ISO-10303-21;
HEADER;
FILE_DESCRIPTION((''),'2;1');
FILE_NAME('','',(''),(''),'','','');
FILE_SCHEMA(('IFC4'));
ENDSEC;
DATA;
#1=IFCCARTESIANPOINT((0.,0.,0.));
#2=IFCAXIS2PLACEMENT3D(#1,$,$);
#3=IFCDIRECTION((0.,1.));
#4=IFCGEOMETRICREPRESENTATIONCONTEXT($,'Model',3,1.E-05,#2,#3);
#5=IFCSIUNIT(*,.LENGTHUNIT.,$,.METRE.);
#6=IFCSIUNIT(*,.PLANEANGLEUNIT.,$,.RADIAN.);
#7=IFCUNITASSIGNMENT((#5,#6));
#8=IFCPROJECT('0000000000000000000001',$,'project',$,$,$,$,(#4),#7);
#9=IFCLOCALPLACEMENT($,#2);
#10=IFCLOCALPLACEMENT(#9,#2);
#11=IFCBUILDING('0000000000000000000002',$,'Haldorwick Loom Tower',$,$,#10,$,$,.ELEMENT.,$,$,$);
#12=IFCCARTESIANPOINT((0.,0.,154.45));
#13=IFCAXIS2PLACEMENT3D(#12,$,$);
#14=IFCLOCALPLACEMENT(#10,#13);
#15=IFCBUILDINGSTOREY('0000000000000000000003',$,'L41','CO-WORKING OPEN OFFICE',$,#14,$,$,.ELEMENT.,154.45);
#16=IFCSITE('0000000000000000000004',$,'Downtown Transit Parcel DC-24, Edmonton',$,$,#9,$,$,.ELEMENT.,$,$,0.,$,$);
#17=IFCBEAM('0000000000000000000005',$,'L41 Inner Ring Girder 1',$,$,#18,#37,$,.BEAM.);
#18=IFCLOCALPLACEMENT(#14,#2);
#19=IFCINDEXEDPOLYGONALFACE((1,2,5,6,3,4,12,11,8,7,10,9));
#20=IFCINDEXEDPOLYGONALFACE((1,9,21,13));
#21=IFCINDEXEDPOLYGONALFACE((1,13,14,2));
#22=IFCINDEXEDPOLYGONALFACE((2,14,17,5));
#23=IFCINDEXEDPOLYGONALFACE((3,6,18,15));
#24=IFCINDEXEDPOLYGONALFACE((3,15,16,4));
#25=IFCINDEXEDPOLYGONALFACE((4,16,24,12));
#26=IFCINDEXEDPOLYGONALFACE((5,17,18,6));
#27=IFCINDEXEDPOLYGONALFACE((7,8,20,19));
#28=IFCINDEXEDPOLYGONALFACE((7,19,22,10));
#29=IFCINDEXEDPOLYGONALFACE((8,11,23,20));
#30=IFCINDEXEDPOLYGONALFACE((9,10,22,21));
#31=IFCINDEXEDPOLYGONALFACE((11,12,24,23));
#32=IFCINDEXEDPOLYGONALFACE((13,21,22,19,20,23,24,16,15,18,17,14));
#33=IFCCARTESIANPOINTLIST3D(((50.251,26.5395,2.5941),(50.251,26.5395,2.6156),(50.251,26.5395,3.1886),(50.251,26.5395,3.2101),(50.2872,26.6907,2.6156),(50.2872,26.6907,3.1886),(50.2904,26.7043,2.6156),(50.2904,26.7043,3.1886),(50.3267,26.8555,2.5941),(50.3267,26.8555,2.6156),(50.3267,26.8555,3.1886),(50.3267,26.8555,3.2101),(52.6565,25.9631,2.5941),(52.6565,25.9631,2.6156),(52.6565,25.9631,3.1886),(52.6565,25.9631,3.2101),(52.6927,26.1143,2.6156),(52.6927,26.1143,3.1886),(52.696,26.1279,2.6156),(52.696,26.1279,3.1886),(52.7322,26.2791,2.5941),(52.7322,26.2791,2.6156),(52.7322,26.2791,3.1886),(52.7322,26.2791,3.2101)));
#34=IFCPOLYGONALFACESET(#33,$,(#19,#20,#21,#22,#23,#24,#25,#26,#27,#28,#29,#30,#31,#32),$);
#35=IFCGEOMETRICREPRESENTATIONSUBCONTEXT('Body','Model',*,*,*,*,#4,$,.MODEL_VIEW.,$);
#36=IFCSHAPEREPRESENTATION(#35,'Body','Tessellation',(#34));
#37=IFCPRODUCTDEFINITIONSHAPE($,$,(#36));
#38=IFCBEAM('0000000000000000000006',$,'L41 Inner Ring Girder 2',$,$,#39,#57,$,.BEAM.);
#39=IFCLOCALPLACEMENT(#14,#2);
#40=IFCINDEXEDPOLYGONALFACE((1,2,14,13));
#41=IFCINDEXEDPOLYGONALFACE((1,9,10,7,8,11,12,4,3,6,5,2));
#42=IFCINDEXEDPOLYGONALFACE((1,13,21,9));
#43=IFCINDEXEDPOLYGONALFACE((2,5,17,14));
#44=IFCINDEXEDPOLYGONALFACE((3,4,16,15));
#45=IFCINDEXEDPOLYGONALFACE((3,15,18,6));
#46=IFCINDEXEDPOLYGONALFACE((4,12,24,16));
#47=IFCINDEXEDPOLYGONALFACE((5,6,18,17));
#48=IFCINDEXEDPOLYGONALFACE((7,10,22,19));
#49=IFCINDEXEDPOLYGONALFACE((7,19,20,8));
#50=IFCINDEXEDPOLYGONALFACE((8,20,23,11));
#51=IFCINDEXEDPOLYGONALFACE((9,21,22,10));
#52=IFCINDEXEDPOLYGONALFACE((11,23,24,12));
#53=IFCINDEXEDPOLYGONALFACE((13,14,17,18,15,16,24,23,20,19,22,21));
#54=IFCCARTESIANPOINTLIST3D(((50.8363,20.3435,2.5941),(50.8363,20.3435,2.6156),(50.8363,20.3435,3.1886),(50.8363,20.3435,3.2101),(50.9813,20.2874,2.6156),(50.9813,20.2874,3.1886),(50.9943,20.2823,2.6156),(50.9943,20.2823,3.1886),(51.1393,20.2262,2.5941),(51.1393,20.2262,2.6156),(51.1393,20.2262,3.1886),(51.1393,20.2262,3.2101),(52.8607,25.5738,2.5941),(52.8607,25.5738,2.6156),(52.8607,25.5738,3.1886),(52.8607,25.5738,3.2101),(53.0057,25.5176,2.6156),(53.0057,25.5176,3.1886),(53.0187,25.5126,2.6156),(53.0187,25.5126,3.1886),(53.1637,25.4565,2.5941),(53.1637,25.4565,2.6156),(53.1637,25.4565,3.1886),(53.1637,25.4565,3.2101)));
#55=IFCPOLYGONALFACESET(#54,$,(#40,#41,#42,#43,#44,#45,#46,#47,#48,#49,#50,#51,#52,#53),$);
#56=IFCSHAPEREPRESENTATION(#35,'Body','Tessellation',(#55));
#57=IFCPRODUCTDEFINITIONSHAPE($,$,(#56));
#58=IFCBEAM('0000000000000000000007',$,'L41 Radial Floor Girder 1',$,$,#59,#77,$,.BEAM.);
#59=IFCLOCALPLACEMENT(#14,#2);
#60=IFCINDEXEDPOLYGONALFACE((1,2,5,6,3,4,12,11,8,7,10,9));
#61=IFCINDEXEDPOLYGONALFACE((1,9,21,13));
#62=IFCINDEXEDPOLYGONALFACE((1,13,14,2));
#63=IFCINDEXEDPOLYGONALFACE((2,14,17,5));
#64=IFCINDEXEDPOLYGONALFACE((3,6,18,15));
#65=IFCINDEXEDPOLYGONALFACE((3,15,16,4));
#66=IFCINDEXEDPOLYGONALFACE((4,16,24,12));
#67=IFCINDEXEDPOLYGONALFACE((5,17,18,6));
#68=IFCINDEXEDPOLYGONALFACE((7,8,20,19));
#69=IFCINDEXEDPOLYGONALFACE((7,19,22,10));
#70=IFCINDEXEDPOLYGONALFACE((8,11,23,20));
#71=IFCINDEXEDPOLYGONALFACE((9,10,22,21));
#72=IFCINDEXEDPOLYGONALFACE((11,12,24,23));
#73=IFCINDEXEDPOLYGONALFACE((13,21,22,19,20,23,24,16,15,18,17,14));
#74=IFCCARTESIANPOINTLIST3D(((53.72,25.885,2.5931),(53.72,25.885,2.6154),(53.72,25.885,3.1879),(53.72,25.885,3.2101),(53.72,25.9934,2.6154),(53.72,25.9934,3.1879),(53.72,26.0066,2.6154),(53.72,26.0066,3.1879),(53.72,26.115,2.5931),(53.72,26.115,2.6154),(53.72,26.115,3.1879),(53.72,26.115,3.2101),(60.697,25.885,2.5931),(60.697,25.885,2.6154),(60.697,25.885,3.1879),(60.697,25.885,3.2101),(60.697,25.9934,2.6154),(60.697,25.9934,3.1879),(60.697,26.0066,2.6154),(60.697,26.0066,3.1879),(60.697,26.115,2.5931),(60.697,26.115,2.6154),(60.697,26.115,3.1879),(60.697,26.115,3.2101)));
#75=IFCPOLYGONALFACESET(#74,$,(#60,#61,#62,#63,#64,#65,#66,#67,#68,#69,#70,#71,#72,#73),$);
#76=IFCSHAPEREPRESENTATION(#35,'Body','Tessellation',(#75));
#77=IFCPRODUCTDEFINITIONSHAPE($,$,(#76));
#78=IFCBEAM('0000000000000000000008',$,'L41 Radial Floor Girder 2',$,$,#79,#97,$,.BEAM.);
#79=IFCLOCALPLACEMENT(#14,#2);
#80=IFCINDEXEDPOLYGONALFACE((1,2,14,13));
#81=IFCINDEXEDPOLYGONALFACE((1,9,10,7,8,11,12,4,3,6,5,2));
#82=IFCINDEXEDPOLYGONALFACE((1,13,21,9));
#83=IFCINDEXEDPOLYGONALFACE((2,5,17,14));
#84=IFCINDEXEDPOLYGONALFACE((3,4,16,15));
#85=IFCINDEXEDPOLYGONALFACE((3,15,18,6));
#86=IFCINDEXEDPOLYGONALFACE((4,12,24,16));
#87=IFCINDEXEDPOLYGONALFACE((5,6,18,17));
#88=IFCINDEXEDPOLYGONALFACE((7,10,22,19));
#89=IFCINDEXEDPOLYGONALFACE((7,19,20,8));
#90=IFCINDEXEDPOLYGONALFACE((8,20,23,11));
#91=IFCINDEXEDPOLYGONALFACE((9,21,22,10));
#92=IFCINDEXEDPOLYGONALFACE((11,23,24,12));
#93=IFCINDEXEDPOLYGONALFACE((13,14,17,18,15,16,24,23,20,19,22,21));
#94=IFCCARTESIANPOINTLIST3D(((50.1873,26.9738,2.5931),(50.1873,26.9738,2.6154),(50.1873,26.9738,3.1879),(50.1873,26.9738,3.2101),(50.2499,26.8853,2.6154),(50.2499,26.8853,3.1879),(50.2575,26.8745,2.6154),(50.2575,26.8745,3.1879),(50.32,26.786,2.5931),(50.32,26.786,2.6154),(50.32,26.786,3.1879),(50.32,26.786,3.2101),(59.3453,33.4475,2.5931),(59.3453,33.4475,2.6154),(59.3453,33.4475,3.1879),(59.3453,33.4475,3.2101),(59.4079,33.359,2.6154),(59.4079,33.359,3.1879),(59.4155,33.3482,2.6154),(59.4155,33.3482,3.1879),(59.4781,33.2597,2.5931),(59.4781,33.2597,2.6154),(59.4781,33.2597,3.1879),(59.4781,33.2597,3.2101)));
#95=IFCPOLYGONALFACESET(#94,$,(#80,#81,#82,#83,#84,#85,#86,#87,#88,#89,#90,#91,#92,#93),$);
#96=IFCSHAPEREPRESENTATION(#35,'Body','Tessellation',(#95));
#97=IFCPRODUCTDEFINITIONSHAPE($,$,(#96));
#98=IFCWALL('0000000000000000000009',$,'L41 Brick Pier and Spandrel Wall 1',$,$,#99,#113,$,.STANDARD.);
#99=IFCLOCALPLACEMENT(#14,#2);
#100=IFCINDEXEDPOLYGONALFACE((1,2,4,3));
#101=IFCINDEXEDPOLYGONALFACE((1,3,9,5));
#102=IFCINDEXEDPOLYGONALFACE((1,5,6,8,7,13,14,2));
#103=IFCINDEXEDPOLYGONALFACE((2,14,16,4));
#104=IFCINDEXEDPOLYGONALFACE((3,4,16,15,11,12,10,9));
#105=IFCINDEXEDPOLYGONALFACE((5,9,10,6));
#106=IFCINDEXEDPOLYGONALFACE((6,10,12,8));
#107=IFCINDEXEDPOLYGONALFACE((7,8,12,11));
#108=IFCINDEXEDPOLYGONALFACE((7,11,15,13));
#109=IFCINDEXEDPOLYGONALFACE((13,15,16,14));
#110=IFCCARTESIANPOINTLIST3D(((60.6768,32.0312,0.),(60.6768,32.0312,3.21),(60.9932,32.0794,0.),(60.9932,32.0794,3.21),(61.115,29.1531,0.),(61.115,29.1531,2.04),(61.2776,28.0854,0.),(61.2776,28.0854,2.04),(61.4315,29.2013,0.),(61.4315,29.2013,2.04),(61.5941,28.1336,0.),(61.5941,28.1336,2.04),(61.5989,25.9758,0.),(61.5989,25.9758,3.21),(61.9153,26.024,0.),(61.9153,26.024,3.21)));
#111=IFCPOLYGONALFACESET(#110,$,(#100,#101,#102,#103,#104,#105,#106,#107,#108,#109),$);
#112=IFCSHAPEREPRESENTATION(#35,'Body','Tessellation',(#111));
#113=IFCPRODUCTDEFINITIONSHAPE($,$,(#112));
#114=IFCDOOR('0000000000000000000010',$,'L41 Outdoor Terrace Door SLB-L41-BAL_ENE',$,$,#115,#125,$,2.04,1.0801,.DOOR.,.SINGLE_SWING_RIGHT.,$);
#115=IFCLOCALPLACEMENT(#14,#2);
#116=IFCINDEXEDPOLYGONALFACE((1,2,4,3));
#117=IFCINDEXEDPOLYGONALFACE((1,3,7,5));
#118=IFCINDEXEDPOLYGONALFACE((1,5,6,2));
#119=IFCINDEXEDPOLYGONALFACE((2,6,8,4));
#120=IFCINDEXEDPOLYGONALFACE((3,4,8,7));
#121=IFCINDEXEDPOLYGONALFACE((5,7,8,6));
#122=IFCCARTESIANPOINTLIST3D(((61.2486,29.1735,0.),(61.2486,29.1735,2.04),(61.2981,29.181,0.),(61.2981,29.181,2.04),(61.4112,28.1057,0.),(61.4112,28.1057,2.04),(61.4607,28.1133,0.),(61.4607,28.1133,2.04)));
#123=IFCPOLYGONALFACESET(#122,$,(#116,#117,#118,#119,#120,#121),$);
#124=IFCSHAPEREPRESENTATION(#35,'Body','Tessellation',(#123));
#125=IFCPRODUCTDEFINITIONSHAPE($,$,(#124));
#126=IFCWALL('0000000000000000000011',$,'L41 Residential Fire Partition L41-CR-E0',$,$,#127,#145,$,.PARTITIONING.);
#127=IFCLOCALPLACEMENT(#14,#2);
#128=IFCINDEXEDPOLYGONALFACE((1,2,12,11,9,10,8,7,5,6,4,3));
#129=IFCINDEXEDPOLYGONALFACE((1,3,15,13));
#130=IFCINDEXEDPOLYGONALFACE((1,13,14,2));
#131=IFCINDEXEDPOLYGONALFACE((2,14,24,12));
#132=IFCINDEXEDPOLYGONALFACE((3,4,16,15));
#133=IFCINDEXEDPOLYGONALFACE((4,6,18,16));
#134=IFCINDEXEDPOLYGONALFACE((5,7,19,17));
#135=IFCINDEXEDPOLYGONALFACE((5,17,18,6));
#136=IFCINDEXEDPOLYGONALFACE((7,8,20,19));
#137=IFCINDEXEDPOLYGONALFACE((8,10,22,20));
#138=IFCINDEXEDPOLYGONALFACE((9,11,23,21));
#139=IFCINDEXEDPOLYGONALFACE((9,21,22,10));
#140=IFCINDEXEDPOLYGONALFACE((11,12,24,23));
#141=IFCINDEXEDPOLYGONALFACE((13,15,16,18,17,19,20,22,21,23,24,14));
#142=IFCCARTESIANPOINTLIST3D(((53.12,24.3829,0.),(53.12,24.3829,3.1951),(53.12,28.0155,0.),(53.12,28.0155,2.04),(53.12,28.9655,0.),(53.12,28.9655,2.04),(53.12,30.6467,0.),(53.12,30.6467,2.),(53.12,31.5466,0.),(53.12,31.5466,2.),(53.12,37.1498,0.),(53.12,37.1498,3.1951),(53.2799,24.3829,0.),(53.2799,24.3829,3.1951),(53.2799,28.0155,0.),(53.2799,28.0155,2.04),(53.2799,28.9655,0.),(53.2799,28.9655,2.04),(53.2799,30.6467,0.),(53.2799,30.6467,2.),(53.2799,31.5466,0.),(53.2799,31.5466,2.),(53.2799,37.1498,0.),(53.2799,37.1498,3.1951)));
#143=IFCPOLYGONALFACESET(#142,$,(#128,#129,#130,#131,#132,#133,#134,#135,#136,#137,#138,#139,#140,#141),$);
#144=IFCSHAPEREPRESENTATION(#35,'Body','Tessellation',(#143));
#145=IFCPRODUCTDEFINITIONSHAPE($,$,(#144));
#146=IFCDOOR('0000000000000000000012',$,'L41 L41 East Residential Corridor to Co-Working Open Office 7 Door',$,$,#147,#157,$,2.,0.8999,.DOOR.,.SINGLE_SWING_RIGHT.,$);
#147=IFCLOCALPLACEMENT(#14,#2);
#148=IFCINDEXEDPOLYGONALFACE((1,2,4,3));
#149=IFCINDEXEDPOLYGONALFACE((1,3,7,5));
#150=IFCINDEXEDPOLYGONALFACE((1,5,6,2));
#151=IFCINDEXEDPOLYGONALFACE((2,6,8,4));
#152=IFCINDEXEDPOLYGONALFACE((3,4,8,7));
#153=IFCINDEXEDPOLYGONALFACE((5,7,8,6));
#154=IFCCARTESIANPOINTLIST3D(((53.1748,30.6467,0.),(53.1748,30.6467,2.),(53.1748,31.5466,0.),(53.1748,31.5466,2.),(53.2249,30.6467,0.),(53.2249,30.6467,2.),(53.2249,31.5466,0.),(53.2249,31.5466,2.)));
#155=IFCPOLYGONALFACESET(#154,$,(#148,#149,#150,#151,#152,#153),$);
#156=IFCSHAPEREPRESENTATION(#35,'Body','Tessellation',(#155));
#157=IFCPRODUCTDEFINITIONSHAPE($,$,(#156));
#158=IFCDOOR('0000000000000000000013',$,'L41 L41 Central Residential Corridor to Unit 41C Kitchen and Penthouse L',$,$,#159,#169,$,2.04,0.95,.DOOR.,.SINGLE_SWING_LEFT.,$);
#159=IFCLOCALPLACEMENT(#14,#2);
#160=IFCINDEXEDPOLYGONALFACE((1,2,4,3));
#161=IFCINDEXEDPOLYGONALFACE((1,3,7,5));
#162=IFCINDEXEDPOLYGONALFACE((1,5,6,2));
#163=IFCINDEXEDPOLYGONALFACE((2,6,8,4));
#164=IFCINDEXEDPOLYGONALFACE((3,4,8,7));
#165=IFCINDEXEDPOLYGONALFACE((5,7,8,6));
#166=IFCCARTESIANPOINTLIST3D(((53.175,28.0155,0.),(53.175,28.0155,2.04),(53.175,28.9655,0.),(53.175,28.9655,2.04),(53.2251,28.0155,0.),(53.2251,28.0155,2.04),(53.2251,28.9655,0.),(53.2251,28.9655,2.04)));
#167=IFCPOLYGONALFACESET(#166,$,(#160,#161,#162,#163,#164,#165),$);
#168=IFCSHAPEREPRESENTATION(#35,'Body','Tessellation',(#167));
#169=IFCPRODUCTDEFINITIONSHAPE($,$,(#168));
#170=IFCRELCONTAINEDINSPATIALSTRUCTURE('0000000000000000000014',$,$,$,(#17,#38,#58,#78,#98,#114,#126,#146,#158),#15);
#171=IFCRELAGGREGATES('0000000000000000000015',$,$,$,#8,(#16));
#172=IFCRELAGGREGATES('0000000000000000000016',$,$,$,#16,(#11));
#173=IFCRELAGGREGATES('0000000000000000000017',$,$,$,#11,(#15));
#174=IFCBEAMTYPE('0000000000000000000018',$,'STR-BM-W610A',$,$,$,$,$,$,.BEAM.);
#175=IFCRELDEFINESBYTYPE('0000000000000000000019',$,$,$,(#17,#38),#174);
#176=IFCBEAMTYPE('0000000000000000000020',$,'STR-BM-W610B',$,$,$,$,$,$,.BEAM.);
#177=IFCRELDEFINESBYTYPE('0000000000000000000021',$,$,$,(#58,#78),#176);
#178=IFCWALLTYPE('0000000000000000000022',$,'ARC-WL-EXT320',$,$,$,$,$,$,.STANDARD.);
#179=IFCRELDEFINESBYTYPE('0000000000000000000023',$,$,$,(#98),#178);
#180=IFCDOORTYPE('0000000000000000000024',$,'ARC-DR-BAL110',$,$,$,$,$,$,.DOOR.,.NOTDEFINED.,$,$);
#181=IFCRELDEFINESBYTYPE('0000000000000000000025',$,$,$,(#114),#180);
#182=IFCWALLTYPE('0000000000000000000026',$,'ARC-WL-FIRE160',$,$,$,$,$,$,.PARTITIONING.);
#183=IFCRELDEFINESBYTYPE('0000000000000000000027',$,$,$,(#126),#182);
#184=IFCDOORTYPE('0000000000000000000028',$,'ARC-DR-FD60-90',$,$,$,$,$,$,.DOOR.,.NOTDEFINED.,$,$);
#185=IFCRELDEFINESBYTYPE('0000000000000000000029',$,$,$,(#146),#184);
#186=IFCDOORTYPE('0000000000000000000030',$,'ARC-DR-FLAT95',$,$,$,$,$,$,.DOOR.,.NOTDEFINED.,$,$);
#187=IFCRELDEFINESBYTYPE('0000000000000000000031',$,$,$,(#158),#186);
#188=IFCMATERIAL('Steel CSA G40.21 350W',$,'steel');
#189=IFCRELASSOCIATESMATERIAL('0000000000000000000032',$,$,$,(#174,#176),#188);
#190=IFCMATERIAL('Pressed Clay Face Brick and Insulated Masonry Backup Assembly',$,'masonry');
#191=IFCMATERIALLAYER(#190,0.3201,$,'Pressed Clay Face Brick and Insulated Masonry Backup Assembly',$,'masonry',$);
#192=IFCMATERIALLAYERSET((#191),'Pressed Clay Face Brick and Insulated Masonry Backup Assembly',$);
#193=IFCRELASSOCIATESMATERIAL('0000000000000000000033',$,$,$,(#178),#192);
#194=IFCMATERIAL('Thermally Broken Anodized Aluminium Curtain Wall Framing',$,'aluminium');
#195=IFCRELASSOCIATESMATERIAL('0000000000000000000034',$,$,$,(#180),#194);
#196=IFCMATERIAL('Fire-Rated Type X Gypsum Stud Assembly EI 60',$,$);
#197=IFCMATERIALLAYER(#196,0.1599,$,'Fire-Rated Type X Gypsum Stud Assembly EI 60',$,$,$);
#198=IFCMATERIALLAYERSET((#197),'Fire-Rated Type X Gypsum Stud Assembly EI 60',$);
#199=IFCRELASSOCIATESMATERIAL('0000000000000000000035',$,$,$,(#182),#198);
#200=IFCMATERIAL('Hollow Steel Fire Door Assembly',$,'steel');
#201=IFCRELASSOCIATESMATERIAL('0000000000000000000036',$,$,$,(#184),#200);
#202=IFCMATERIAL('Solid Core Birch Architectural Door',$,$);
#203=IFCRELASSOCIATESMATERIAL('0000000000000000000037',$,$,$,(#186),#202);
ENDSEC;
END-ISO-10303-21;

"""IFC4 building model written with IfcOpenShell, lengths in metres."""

from ifc_helpers import new_model, si_unit, direction, frame, frame_2d, origin, origin_2d, place, context, subcontext, project, spatial, rectangle, i_section, extrude, material, layer, layer_set, material_profile, profile_set, type_object, element, fill, save


model = new_model("IFC4")

# Units and contexts
model_context = context("Model", 3, precision=1e-05, world=origin(), true_north=direction((0.0, 1.0)))
body_context = subcontext(model_context, "Body", "Model", "MODEL_VIEW")
ifc_project = project(units=[si_unit("LENGTHUNIT", "METRE"), si_unit("PLANEANGLEUNIT", "RADIAN")], contexts=[model_context])

# Site, building, storey
site_placement = place(None, origin())
site = spatial("IfcSite", under=ifc_project, at=site_placement, Name="Downtown Transit Parcel DC-24, Edmonton", CompositionType="ELEMENT", RefElevation=0.0)
building_placement = place(site_placement, origin())
building = spatial("IfcBuilding", under=site, at=building_placement, Name="Haldorwick Loom Tower", CompositionType="ELEMENT")
storey_placement = place(building_placement, frame((0.0, 0.0, 154.45)))
storey = spatial("IfcBuildingStorey", under=building, at=storey_placement, Name="L41", Description="CO-WORKING OPEN OFFICE", CompositionType="ELEMENT", Elevation=154.45)

# Beams
ifc_material_1 = material(Name="Steel CSA G40.21 350W", Category="steel")
ifc_material_profile_1 = material_profile(ifc_material_1, i_section(OverallWidth=0.325, OverallDepth=0.616, WebThickness=0.0139, FlangeThickness=0.0215, at=origin_2d()), Name="W610X174", Category="steel")
ifc_profile_set_1 = profile_set([ifc_material_profile_1], Name="Steel CSA G40.21 350W")
beam_type_1 = type_object("IfcBeamType", Name="STR-BM-W610A", PredefinedType="BEAM", material=ifc_profile_set_1)
beam_1_placement = place(storey_placement, frame((50.2888, 26.6975, 2.9021), z_axis=(0.972471, -0.233026, 0.0), x_axis=(0.233026, 0.972471, 0.0)))
element("IfcBeam", 1, at=beam_1_placement, inside=storey, type_object=beam_type_1, Name="L41 Inner Ring Girder 1", PredefinedType="BEAM", context=body_context, shape_type="SweptSolid", body=[
    extrude(i_section(OverallWidth=0.325, OverallDepth=0.616, WebThickness=0.0139, FlangeThickness=0.0215, at=origin_2d()), origin(), (0.0, 0.0, 1.0), 2.4736),
])
beam_2_placement = place(storey_placement, frame((53.0122, 25.5151, 2.9021), z_axis=(-0.360965, -0.932579, 0.0), x_axis=(0.932579, -0.360965, 0.0)))
element("IfcBeam", 2, at=beam_2_placement, inside=storey, type_object=beam_type_1, Name="L41 Inner Ring Girder 2", PredefinedType="BEAM", context=body_context, shape_type="SweptSolid", body=[
    extrude(i_section(OverallWidth=0.325, OverallDepth=0.616, WebThickness=0.0139, FlangeThickness=0.0215, at=origin_2d()), origin(), (0.0, 0.0, 1.0), 5.6084),
])
ifc_material_profile_2 = material_profile(ifc_material_1, i_section(OverallWidth=0.23, OverallDepth=0.6169, WebThickness=0.0132, FlangeThickness=0.0222, at=origin_2d()), Name="W610X140", Category="steel")
ifc_profile_set_2 = profile_set([ifc_material_profile_2], Name="Steel CSA G40.21 350W")
beam_type_2 = type_object("IfcBeamType", Name="STR-BM-W610B", PredefinedType="BEAM", material=ifc_profile_set_2)
beam_3_placement = place(storey_placement, frame((53.72, 26.0, 2.9016), z_axis=(1.0, 0.0, 0.0), x_axis=(0.0, 1.0, 0.0)))
element("IfcBeam", 3, at=beam_3_placement, inside=storey, type_object=beam_type_2, Name="L41 Radial Floor Girder 1", PredefinedType="BEAM", context=body_context, shape_type="SweptSolid", body=[
    extrude(i_section(OverallWidth=0.23, OverallDepth=0.6169, WebThickness=0.0132, FlangeThickness=0.0222, at=origin_2d()), origin(), (0.0, 0.0, 1.0), 6.9771),
])
beam_4_placement = place(storey_placement, frame((50.2537, 26.8799, 2.9016), z_axis=(0.816582, 0.57723, 0.0), x_axis=(-0.57723, 0.816582, 0.0)))
element("IfcBeam", 4, at=beam_4_placement, inside=storey, type_object=beam_type_2, Name="L41 Radial Floor Girder 2", PredefinedType="BEAM", context=body_context, shape_type="SweptSolid", body=[
    extrude(i_section(OverallWidth=0.23, OverallDepth=0.6169, WebThickness=0.0132, FlangeThickness=0.0222, at=origin_2d()), origin(), (0.0, 0.0, 1.0), 11.2151),
])

# Wall, opening, door
ifc_material_2 = material(Name="Pressed Clay Face Brick and Insulated Masonry Backup Assembly", Category="masonry")
ifc_layer_1 = layer(ifc_material_2, 0.3201, Name="Pressed Clay Face Brick and Insulated Masonry Backup Assembly", Category="masonry")
ifc_layer_set_1 = layer_set([ifc_layer_1], Name="Pressed Clay Face Brick and Insulated Masonry Backup Assembly")
wall_type_1 = type_object("IfcWallType", Name="ARC-WL-EXT320", PredefinedType="STANDARD", material=ifc_layer_set_1)
wall_1_placement = place(storey_placement, frame((61.7571, 26.0, 0.0), z_axis=(0.0, 0.0, 1.0), x_axis=(-0.150544, 0.988603, 0.0)))
wall_1 = element("IfcWall", 5, at=wall_1_placement, inside=storey, type_object=wall_type_1, Name="L41 Brick Pier and Spandrel Wall 1", PredefinedType="STANDARD", context=body_context, shape_type="SweptSolid", body=[
    extrude(rectangle(XDim=6.1252, YDim=0.3201, at=frame_2d((3.0625, 0.0))), origin(), (0.0, 0.0, 1.0), 3.21),
])
opening_1_placement = place(wall_1_placement, frame((2.1338, 0.0, 0.0)))
opening_1 = element("IfcOpeningElement", 6, at=opening_1_placement, cuts=wall_1, PredefinedType="OPENING", context=body_context, shape_type="SweptSolid", body=[
    extrude(rectangle(XDim=1.0801, YDim=2.04, at=frame_2d((0.54, 1.02))), frame((0.0, 0.1699, 0.0), z_axis=(0.0, -1.0, 0.0), x_axis=(1.0, 0.0, 0.0)), (0.0, 0.0, 1.0), 0.3401),
])
ifc_material_3 = material(Name="Thermally Broken Anodized Aluminium Curtain Wall Framing", Category="aluminium")
door_type_1 = type_object("IfcDoorType", Name="ARC-DR-BAL110", OperationType="NOTDEFINED", PredefinedType="DOOR", material=ifc_material_3)
door_1_placement = place(opening_1_placement, origin())
door_1 = element("IfcDoor", 7, at=door_1_placement, inside=storey, type_object=door_type_1, Name="L41 Outdoor Terrace Door SLB-L41-BAL_ENE", OperationType="SINGLE_SWING_RIGHT", OverallHeight=2.04, OverallWidth=1.0801, PredefinedType="DOOR", context=body_context, shape_type="SweptSolid", body=[
    extrude(rectangle(XDim=1.0801, YDim=2.04, at=frame_2d((0.54, 1.02))), frame((0.0, 0.0249, 0.0), z_axis=(0.0, -1.0, 0.0), x_axis=(1.0, 0.0, 0.0)), (0.0, 0.0, 1.0), 0.05),
])
fill(opening_1, door_1)

# Wall, openings, doors
ifc_material_4 = material(Name="Fire-Rated Type X Gypsum Stud Assembly EI 60")
ifc_layer_2 = layer(ifc_material_4, 0.1599, Name="Fire-Rated Type X Gypsum Stud Assembly EI 60")
ifc_layer_set_2 = layer_set([ifc_layer_2], Name="Fire-Rated Type X Gypsum Stud Assembly EI 60")
wall_type_2 = type_object("IfcWallType", Name="ARC-WL-FIRE160", PredefinedType="PARTITIONING", material=ifc_layer_set_2)
wall_2_placement = place(storey_placement, frame((53.2, 24.3831, 0.0), z_axis=(0.0, 0.0, 1.0), x_axis=(0.0, 1.0, 0.0)))
wall_2 = element("IfcWall", 8, at=wall_2_placement, inside=storey, type_object=wall_type_2, Name="L41 Residential Fire Partition L41-CR-E0", PredefinedType="PARTITIONING", context=body_context, shape_type="SweptSolid", body=[
    extrude(rectangle(XDim=12.7668, YDim=0.1599, at=frame_2d((6.3833, 0.0))), origin(), (0.0, 0.0, 1.0), 3.1951),
])
opening_2_placement = place(wall_2_placement, frame((3.6323, 0.0, 0.0)))
opening_2 = element("IfcOpeningElement", 9, at=opening_2_placement, cuts=wall_2, PredefinedType="OPENING", context=body_context, shape_type="SweptSolid", body=[
    extrude(rectangle(XDim=0.95, YDim=2.04, at=frame_2d((0.4751, 1.02))), frame((0.0, 0.0898, 0.0), z_axis=(0.0, -1.0, 0.0), x_axis=(1.0, 0.0, 0.0)), (0.0, 0.0, 1.0), 0.1799),
])
opening_3_placement = place(wall_2_placement, frame((6.2637, 0.0, 0.0)))
opening_3 = element("IfcOpeningElement", 10, at=opening_3_placement, cuts=wall_2, PredefinedType="OPENING", context=body_context, shape_type="SweptSolid", body=[
    extrude(rectangle(XDim=0.8999, YDim=2.0, at=frame_2d((0.45, 1.0))), frame((0.0, 0.0898, 0.0), z_axis=(0.0, -1.0, 0.0), x_axis=(1.0, 0.0, 0.0)), (0.0, 0.0, 1.0), 0.1799),
])
ifc_material_5 = material(Name="Hollow Steel Fire Door Assembly", Category="steel")
door_type_2 = type_object("IfcDoorType", Name="ARC-DR-FD60-90", OperationType="NOTDEFINED", PredefinedType="DOOR", material=ifc_material_5)
door_2_placement = place(opening_3_placement, frame((0.8999, 0.0, 0.0), z_axis=(0.0, 0.0, 1.0), x_axis=(-1.0, 0.0, 0.0)))
door_2 = element("IfcDoor", 11, at=door_2_placement, inside=storey, type_object=door_type_2, Name="L41 L41 East Residential Corridor to Co-Working Open Office 7 Door", OperationType="SINGLE_SWING_RIGHT", OverallHeight=2.0, OverallWidth=0.8999, PredefinedType="DOOR", context=body_context, shape_type="SweptSolid", body=[
    extrude(rectangle(XDim=0.8999, YDim=2.0, at=frame_2d((0.45, 1.0))), frame((0.0, 0.0249, 0.0), z_axis=(0.0, -1.0, 0.0), x_axis=(1.0, 0.0, 0.0)), (0.0, 0.0, 1.0), 0.05),
])
fill(opening_3, door_2)
ifc_material_6 = material(Name="Solid Core Birch Architectural Door")
door_type_3 = type_object("IfcDoorType", Name="ARC-DR-FLAT95", OperationType="NOTDEFINED", PredefinedType="DOOR", material=ifc_material_6)
door_3_placement = place(opening_2_placement, origin())
door_3 = element("IfcDoor", 12, at=door_3_placement, inside=storey, type_object=door_type_3, Name="L41 L41 Central Residential Corridor to Unit 41C Kitchen and Penthouse L", OperationType="SINGLE_SWING_LEFT", OverallHeight=2.04, OverallWidth=0.95, PredefinedType="DOOR", context=body_context, shape_type="SweptSolid", body=[
    extrude(rectangle(XDim=0.95, YDim=2.04, at=frame_2d((0.4751, 1.02))), frame((0.0, 0.0249, 0.0), z_axis=(0.0, -1.0, 0.0), x_axis=(1.0, 0.0, 0.0)), (0.0, 0.0, 1.0), 0.05),
])
fill(opening_2, door_3)

save(model, "model.ifc")
